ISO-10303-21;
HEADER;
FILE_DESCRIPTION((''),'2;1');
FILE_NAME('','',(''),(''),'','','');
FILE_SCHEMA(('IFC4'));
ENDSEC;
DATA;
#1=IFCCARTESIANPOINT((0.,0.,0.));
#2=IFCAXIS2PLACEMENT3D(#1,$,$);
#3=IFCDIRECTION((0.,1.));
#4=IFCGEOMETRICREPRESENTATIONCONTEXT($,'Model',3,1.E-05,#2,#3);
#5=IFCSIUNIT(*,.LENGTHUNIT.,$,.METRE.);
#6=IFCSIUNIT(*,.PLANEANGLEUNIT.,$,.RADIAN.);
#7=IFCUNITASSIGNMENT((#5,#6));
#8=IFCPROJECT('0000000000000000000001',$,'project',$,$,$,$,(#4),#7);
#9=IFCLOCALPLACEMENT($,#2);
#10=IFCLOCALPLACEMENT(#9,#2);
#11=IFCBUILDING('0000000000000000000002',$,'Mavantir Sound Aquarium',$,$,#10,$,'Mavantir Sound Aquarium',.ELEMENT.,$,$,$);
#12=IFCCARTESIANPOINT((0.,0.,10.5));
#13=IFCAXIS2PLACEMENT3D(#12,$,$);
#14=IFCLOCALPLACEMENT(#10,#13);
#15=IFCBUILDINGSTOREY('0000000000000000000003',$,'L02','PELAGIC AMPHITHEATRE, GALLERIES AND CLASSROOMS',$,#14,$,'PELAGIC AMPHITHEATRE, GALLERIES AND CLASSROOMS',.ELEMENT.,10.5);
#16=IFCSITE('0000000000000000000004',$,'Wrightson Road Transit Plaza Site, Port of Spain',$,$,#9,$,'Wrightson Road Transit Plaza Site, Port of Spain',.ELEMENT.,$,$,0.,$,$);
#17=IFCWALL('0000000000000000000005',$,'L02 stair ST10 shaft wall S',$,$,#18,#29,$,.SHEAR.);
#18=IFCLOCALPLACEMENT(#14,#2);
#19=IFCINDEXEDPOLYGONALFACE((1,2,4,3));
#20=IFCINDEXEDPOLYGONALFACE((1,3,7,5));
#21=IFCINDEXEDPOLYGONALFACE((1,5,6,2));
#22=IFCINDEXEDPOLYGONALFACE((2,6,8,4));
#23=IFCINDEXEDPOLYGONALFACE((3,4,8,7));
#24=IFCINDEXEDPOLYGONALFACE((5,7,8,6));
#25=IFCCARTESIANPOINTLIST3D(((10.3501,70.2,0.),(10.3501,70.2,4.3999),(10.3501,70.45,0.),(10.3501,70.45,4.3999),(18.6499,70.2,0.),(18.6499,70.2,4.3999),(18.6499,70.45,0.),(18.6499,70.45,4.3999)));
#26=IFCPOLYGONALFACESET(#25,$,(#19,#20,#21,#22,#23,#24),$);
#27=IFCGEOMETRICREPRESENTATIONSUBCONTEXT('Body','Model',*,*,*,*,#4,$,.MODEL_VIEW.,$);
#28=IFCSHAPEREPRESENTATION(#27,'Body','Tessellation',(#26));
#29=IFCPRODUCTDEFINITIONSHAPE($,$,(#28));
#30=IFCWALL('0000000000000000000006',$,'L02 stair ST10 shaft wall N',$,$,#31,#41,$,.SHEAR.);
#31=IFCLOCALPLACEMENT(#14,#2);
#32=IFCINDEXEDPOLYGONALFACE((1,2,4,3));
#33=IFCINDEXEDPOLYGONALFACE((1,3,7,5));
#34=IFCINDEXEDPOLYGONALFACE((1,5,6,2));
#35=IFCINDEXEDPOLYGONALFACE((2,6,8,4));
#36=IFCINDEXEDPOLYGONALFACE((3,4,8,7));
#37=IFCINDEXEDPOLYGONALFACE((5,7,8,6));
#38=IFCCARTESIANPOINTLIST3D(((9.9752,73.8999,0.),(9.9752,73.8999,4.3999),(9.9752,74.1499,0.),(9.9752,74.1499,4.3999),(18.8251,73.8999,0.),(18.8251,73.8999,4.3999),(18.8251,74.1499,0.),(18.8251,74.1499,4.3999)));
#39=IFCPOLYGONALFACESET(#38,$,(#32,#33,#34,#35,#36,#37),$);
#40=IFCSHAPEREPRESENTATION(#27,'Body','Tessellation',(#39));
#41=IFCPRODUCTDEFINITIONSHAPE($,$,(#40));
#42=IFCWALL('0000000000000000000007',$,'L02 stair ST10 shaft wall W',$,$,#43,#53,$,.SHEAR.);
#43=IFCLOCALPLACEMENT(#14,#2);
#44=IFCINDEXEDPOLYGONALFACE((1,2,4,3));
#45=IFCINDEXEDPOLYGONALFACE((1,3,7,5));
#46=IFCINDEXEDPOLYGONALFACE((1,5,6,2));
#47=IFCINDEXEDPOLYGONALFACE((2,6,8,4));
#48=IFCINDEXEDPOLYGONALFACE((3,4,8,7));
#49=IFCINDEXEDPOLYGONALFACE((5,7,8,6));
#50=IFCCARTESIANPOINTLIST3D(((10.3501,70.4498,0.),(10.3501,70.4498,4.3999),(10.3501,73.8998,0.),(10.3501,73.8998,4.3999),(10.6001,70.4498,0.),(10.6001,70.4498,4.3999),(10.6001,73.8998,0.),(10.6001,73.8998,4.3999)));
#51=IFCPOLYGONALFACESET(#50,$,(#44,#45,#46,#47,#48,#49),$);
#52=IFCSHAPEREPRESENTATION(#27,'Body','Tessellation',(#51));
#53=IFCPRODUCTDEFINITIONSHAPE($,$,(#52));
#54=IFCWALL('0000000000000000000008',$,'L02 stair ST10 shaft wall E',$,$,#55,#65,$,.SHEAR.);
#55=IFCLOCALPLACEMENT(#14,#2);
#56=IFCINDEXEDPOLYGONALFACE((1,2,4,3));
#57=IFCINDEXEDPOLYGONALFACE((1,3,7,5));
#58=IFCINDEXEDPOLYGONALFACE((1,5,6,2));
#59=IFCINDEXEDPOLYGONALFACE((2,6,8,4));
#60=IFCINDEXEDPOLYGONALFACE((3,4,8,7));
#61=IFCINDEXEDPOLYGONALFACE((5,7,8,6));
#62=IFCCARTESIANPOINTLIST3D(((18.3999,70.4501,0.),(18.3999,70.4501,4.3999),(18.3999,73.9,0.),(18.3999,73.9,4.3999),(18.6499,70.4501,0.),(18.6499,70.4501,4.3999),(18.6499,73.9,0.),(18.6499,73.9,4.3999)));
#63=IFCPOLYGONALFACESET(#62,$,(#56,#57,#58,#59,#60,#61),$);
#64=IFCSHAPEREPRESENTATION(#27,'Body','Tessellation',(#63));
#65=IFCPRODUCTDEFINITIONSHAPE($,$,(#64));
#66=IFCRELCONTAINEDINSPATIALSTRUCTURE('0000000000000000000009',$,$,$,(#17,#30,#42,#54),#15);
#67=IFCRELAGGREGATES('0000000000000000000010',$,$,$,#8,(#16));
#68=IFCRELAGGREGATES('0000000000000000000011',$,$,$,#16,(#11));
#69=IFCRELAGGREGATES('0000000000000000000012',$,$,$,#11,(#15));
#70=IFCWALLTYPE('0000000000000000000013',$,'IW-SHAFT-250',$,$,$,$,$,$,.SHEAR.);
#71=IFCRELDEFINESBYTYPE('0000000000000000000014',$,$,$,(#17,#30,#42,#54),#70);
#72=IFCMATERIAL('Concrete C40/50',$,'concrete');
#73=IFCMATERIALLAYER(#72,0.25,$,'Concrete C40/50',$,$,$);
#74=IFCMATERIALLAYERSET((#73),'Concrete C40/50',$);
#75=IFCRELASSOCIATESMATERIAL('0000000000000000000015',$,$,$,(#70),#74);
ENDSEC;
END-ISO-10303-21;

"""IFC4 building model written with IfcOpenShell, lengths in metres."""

from ifc_helpers import new_model, si_unit, direction, frame, frame_2d, origin, place, context, subcontext, project, spatial, rectangle, extrude, material, layer, layer_set, type_object, element, save


model = new_model("IFC4")

# Units and contexts
model_context = context("Model", 3, precision=1e-05, world=origin(), true_north=direction((0.0, 1.0)))
body_context = subcontext(model_context, "Body", "Model", "MODEL_VIEW")
ifc_project = project(units=[si_unit("LENGTHUNIT", "METRE"), si_unit("PLANEANGLEUNIT", "RADIAN")], contexts=[model_context])

# Site, building, storey
site_placement = place(None, origin())
site = spatial("IfcSite", under=ifc_project, at=site_placement, Name="Wrightson Road Transit Plaza Site, Port of Spain", LongName="Wrightson Road Transit Plaza Site, Port of Spain", CompositionType="ELEMENT", RefElevation=0.0)
building_placement = place(site_placement, origin())
building = spatial("IfcBuilding", under=site, at=building_placement, Name="Mavantir Sound Aquarium", LongName="Mavantir Sound Aquarium", CompositionType="ELEMENT")
storey_placement = place(building_placement, frame((0.0, 0.0, 10.5)))
storey = spatial("IfcBuildingStorey", under=building, at=storey_placement, Name="L02", Description="PELAGIC AMPHITHEATRE, GALLERIES AND CLASSROOMS", LongName="PELAGIC AMPHITHEATRE, GALLERIES AND CLASSROOMS", CompositionType="ELEMENT", Elevation=10.5)

# Shared definitions
ifc_material_1 = material(Name="Concrete C40/50", Category="concrete")

# Walls
ifc_layer_1 = layer(ifc_material_1, 0.25, Name="Concrete C40/50")
ifc_layer_set_1 = layer_set([ifc_layer_1], Name="Concrete C40/50")
wall_type_1 = type_object("IfcWallType", Name="IW-SHAFT-250", PredefinedType="SHEAR", material=ifc_layer_set_1)
wall_1_placement = place(storey_placement, frame((10.3501, 70.325, 0.0), z_axis=(0.0, 0.0, 1.0), x_axis=(1.0, 0.0, 0.0)))
element("IfcWall", 1, at=wall_1_placement, inside=storey, type_object=wall_type_1, Name="L02 stair ST10 shaft wall S", PredefinedType="SHEAR", context=body_context, shape_type="SweptSolid", body=[
    extrude(rectangle(XDim=8.2998, YDim=0.25, at=frame_2d((4.1499, 0.0))), origin(), (0.0, 0.0, 1.0), 4.3999),
])
wall_2_placement = place(storey_placement, frame((18.825, 74.0249, 0.0), z_axis=(0.0, 0.0, 1.0), x_axis=(-1.0, 0.0, 0.0)))
element("IfcWall", 2, at=wall_2_placement, inside=storey, type_object=wall_type_1, Name="L02 stair ST10 shaft wall N", PredefinedType="SHEAR", context=body_context, shape_type="SweptSolid", body=[
    extrude(rectangle(XDim=8.8499, YDim=0.25, at=frame_2d((4.4248, 0.0))), origin(), (0.0, 0.0, 1.0), 4.3999),
])
for number, where, z_axis, x_axis, name in (
    (3, (10.4751, 73.8999, 0.0), (0.0, 0.0, 1.0), (0.0, -1.0, 0.0), "L02 stair ST10 shaft wall W"),
    (4, (18.5249, 70.45, 0.0), (0.0, 0.0, 1.0), (0.0, 1.0, 0.0), "L02 stair ST10 shaft wall E"),
):
    element("IfcWall", number, at=place(storey_placement, frame(where, z_axis=z_axis, x_axis=x_axis)), inside=storey, type_object=wall_type_1, Name=name, PredefinedType="SHEAR", context=body_context, shape_type="SweptSolid", body=[
        extrude(rectangle(XDim=3.45, YDim=0.25, at=frame_2d((1.7251, 0.0))), origin(), (0.0, 0.0, 1.0), 4.3999),
    ])

save(model, "model.ifc")
